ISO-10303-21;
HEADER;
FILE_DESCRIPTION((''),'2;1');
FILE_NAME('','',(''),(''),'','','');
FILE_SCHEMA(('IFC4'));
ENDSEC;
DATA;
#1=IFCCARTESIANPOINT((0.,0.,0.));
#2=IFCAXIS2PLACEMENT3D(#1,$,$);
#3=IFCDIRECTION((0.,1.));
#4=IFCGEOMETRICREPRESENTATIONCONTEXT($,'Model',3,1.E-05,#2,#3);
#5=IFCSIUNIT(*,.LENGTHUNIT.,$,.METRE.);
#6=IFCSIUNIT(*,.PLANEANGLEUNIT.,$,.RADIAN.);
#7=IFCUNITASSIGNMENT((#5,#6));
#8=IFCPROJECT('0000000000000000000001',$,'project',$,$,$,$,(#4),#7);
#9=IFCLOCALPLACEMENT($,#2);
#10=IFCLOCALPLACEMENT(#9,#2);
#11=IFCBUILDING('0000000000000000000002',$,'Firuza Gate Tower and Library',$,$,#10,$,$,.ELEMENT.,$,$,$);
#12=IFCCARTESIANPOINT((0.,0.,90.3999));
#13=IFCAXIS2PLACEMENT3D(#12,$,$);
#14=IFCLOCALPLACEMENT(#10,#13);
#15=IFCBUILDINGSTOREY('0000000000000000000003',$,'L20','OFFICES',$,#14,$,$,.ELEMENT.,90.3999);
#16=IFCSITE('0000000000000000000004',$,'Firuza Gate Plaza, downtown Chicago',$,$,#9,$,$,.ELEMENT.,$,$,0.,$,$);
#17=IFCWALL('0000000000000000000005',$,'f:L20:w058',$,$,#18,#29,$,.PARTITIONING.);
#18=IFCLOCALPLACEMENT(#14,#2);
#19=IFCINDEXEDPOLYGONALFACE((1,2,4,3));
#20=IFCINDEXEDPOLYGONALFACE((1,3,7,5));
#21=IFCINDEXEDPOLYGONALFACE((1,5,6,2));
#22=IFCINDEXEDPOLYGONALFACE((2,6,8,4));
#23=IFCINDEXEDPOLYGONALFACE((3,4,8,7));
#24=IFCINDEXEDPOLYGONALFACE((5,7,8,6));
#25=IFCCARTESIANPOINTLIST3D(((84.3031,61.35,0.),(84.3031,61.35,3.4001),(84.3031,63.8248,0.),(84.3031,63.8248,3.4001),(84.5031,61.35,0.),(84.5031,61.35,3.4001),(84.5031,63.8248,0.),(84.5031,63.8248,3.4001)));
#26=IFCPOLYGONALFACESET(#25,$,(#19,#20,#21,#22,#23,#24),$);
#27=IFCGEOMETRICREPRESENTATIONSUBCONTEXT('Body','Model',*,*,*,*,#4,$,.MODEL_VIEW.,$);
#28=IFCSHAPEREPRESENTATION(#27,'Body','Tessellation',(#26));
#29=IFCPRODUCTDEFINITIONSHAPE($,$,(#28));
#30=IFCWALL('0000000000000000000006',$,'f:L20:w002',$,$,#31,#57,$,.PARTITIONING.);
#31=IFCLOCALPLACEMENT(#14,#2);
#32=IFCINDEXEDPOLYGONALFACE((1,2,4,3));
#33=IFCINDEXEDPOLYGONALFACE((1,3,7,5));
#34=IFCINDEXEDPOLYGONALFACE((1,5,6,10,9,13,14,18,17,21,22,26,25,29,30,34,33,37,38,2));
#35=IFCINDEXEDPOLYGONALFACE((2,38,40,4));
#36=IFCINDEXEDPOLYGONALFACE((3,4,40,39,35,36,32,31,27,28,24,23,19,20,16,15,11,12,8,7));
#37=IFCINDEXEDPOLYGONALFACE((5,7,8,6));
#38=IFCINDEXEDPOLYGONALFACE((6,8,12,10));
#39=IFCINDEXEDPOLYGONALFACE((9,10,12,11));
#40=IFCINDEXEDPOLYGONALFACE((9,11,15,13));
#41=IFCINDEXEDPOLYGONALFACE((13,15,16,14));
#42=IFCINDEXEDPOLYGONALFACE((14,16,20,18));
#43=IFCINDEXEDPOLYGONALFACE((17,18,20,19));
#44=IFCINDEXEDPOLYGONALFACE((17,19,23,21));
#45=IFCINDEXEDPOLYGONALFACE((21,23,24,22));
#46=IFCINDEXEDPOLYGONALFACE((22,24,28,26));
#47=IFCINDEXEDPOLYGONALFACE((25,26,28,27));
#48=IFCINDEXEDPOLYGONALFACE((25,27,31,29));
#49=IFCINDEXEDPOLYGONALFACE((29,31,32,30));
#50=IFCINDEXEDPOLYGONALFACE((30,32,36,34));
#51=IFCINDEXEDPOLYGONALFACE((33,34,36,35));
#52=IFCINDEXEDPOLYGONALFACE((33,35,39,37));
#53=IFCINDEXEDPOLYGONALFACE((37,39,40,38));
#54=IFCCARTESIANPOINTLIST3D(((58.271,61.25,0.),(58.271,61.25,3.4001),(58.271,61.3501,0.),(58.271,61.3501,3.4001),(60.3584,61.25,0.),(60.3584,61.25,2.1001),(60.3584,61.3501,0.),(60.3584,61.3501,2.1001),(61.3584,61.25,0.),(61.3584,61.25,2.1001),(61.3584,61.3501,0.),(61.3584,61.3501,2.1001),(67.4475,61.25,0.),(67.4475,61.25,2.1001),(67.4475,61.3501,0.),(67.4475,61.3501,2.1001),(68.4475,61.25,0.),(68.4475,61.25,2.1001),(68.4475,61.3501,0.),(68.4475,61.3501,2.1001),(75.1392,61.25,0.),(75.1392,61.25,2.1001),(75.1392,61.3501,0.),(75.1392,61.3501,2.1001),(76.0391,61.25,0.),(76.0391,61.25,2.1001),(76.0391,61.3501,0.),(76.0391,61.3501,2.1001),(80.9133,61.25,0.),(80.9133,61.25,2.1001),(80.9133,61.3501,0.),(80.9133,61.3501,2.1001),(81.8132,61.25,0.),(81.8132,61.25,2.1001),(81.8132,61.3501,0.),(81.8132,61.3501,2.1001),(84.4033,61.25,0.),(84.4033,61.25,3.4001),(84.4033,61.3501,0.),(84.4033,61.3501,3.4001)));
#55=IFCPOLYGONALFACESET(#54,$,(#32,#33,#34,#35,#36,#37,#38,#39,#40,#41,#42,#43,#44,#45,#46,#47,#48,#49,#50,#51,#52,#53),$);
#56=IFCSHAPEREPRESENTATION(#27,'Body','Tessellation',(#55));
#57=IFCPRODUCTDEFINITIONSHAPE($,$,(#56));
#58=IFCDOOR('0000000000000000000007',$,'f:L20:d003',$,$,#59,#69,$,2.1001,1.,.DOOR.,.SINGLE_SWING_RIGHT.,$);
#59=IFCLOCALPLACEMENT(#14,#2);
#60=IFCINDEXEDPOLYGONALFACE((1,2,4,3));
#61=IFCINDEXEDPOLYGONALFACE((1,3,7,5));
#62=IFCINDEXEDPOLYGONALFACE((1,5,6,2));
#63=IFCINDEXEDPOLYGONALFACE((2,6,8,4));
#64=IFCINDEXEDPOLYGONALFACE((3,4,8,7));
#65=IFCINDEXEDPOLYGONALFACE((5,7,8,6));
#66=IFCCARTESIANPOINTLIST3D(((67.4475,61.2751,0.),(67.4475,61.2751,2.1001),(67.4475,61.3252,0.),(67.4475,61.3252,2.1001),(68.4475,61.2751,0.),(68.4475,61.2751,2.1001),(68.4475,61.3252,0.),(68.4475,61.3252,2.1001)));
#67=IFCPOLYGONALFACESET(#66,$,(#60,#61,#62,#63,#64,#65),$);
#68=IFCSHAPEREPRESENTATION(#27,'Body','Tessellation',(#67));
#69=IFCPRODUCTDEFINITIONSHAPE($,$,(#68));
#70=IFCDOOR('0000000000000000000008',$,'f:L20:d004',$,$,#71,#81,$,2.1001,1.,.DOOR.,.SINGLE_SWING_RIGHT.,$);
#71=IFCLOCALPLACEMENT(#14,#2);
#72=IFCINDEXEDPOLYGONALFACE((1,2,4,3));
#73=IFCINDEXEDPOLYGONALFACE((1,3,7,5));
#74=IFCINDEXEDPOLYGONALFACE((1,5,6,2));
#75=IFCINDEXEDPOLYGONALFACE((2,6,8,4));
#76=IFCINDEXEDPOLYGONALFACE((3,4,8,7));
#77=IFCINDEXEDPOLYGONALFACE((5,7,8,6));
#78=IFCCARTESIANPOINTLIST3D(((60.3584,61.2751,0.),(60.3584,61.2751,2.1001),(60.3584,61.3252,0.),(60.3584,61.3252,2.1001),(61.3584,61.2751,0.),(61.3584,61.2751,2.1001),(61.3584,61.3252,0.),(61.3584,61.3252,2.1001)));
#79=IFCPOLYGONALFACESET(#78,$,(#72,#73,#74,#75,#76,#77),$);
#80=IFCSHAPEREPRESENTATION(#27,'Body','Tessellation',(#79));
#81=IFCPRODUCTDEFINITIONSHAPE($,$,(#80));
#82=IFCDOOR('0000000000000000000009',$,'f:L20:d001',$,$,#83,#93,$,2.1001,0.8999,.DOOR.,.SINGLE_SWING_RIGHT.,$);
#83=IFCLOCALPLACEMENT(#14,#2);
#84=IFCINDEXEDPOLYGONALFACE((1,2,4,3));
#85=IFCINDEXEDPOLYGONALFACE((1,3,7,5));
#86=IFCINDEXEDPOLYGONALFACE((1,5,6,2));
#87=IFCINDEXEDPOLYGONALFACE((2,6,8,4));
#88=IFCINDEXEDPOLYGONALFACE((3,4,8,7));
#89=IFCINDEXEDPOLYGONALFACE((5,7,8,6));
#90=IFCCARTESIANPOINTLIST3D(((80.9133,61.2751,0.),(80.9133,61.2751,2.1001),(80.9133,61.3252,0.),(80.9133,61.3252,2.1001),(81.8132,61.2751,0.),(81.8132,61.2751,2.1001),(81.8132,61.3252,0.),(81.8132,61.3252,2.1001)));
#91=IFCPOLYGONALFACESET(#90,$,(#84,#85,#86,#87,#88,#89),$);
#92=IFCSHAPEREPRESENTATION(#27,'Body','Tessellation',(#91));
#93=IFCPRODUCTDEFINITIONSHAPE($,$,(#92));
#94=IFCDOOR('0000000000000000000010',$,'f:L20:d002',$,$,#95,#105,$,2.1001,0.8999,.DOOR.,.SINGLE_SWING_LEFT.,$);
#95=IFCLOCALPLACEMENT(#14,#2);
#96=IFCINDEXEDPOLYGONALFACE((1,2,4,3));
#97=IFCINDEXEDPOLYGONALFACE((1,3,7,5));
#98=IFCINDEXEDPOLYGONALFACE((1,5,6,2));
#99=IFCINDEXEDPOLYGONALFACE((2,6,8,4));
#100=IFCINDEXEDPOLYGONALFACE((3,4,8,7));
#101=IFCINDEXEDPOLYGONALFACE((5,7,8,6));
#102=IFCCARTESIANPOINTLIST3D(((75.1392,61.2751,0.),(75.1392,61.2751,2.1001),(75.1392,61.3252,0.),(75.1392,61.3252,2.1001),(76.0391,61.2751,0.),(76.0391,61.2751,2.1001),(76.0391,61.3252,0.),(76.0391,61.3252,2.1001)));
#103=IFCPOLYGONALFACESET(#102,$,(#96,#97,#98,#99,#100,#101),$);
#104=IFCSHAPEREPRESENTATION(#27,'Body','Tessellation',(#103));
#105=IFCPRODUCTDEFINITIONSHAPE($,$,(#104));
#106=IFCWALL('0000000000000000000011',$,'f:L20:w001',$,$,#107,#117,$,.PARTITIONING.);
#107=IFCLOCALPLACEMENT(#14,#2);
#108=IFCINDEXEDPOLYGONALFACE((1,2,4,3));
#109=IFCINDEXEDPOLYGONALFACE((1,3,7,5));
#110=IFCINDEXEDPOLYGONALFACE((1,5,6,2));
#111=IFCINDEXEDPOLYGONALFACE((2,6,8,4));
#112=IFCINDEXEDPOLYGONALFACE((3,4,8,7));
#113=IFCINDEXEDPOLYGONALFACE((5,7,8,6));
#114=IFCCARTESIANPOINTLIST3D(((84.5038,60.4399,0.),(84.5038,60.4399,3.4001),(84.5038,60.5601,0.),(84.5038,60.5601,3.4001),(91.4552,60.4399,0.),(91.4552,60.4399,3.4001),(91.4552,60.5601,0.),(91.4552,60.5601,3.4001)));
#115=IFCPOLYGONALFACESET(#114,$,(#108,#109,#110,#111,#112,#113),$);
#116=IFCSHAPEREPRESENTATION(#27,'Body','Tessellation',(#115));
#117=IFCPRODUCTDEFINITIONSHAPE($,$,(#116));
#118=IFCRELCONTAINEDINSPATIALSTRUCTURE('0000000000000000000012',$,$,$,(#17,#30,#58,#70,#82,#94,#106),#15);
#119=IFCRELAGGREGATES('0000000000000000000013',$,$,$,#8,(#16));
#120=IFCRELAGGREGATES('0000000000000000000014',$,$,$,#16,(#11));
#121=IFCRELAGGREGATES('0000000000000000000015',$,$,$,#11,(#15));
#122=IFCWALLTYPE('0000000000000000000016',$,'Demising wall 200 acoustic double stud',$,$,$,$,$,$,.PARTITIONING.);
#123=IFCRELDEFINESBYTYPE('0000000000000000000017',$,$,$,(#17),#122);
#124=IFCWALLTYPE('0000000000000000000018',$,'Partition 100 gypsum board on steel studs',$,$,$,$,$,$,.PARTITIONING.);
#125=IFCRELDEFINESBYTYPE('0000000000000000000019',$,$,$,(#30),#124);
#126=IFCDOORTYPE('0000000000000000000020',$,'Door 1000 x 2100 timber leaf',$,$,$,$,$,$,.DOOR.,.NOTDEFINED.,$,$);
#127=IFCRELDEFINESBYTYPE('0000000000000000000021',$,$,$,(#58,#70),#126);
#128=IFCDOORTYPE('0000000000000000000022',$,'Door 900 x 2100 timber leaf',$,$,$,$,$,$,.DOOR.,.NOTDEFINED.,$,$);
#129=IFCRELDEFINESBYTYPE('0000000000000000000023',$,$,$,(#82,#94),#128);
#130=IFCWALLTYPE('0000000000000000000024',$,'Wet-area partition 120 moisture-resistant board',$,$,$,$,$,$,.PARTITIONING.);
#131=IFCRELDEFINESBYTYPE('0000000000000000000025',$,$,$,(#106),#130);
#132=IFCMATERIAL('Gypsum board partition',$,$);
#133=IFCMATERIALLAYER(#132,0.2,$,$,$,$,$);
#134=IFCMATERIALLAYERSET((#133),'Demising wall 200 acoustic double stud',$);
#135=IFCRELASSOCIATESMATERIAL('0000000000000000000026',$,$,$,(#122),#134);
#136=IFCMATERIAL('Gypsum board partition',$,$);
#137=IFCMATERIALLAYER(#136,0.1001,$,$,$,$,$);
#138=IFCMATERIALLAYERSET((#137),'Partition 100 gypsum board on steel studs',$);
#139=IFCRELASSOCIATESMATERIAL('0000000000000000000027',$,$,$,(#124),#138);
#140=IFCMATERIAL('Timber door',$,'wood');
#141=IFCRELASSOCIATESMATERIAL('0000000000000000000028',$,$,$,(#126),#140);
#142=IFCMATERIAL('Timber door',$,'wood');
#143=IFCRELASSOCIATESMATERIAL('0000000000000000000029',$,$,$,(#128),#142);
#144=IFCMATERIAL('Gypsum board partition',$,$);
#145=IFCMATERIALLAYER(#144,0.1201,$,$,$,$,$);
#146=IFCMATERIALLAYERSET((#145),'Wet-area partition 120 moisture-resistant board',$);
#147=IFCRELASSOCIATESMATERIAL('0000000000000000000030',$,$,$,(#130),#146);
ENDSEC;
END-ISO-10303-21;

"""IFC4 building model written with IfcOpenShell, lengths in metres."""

from ifc_helpers import new_model, si_unit, direction, frame, frame_2d, origin, place, context, subcontext, project, spatial, rectangle, extrude, material, layer, layer_set, type_object, element, fill, save


model = new_model("IFC4")

# Units and contexts
model_context = context("Model", 3, precision=1e-05, world=origin(), true_north=direction((0.0, 1.0)))
body_context = subcontext(model_context, "Body", "Model", "MODEL_VIEW")
ifc_project = project(units=[si_unit("LENGTHUNIT", "METRE"), si_unit("PLANEANGLEUNIT", "RADIAN")], contexts=[model_context])

# Site, building, storey
site_placement = place(None, origin())
site = spatial("IfcSite", under=ifc_project, at=site_placement, Name="Firuza Gate Plaza, downtown Chicago", CompositionType="ELEMENT", RefElevation=0.0)
building_placement = place(site_placement, origin())
building = spatial("IfcBuilding", under=site, at=building_placement, Name="Firuza Gate Tower and Library", CompositionType="ELEMENT")
storey_placement = place(building_placement, frame((0.0, 0.0, 90.3999)))
storey = spatial("IfcBuildingStorey", under=building, at=storey_placement, Name="L20", Description="OFFICES", CompositionType="ELEMENT", Elevation=90.3999)

# Wall
ifc_material_1 = material(Name="Gypsum board partition")
ifc_layer_1 = layer(ifc_material_1, 0.2)
ifc_layer_set_1 = layer_set([ifc_layer_1], Name="Demising wall 200 acoustic double stud")
wall_type_1 = type_object("IfcWallType", Name="Demising wall 200 acoustic double stud", PredefinedType="PARTITIONING", material=ifc_layer_set_1)
wall_1_placement = place(storey_placement, frame((84.4031, 61.3501, 0.0), z_axis=(0.0, 0.0, 1.0), x_axis=(0.0, 1.0, 0.0)))
element("IfcWall", 1, at=wall_1_placement, inside=storey, type_object=wall_type_1, Name="f:L20:w058", PredefinedType="PARTITIONING", context=body_context, shape_type="SweptSolid", body=[
    extrude(rectangle(XDim=2.4749, YDim=0.2, at=frame_2d((1.2373, 0.0))), origin(), (0.0, 0.0, 1.0), 3.4001),
])

# Wall, openings, doors
ifc_material_2 = material(Name="Gypsum board partition")
ifc_layer_2 = layer(ifc_material_2, 0.1001)
ifc_layer_set_2 = layer_set([ifc_layer_2], Name="Partition 100 gypsum board on steel studs")
wall_type_2 = type_object("IfcWallType", Name="Partition 100 gypsum board on steel studs", PredefinedType="PARTITIONING", material=ifc_layer_set_2)
wall_2_placement = place(storey_placement, frame((84.4033, 61.3, 0.0), z_axis=(0.0, 0.0, 1.0), x_axis=(-1.0, 0.0, 0.0)))
wall_2 = element("IfcWall", 2, at=wall_2_placement, inside=storey, type_object=wall_type_2, Name="f:L20:w002", PredefinedType="PARTITIONING", context=body_context, shape_type="SweptSolid", body=[
    extrude(rectangle(XDim=26.1323, YDim=0.1001, at=frame_2d((13.0662, 0.0))), origin(), (0.0, 0.0, 1.0), 3.4001),
])
opening_1_placement = place(wall_2_placement, frame((2.5901, 0.0, 0.0)))
opening_1 = element("IfcOpeningElement", 3, at=opening_1_placement, cuts=wall_2, PredefinedType="OPENING", context=body_context, shape_type="SweptSolid", body=[
    extrude(rectangle(XDim=0.8999, YDim=2.1001, at=frame_2d((0.45, 1.05))), frame((0.0, 0.0601, 0.0), z_axis=(0.0, -1.0, 0.0), x_axis=(1.0, 0.0, 0.0)), (0.0, 0.0, 1.0), 0.1201),
])
opening_2_placement = place(wall_2_placement, frame((8.3643, 0.0, 0.0)))
opening_2 = element("IfcOpeningElement", 4, at=opening_2_placement, cuts=wall_2, PredefinedType="OPENING", context=body_context, shape_type="SweptSolid", body=[
    extrude(rectangle(XDim=0.8999, YDim=2.1001, at=frame_2d((0.45, 1.05))), frame((0.0, 0.0601, 0.0), z_axis=(0.0, -1.0, 0.0), x_axis=(1.0, 0.0, 0.0)), (0.0, 0.0, 1.0), 0.1201),
])
opening_3_placement = place(wall_2_placement, frame((15.9558, 0.0, 0.0)))
opening_3 = element("IfcOpeningElement", 5, at=opening_3_placement, cuts=wall_2, PredefinedType="OPENING", context=body_context, shape_type="SweptSolid", body=[
    extrude(rectangle(XDim=1.0, YDim=2.1001, at=frame_2d((0.5, 1.05))), frame((0.0, 0.0601, 0.0), z_axis=(0.0, -1.0, 0.0), x_axis=(1.0, 0.0, 0.0)), (0.0, 0.0, 1.0), 0.1201),
])
opening_4_placement = place(wall_2_placement, frame((23.0449, 0.0, 0.0)))
opening_4 = element("IfcOpeningElement", 6, at=opening_4_placement, cuts=wall_2, PredefinedType="OPENING", context=body_context, shape_type="SweptSolid", body=[
    extrude(rectangle(XDim=1.0, YDim=2.1001, at=frame_2d((0.5, 1.05))), frame((0.0, 0.0601, 0.0), z_axis=(0.0, -1.0, 0.0), x_axis=(1.0, 0.0, 0.0)), (0.0, 0.0, 1.0), 0.1201),
])
ifc_material_3 = material(Name="Timber door", Category="wood")
door_type_1 = type_object("IfcDoorType", Name="Door 1000 x 2100 timber leaf", OperationType="NOTDEFINED", PredefinedType="DOOR", material=ifc_material_3)
door_1_placement = place(opening_3_placement, origin())
door_1 = element("IfcDoor", 7, at=door_1_placement, inside=storey, type_object=door_type_1, Name="f:L20:d003", OperationType="SINGLE_SWING_RIGHT", OverallHeight=2.1001, OverallWidth=1.0, PredefinedType="DOOR", context=body_context, shape_type="SweptSolid", body=[
    extrude(rectangle(XDim=1.0, YDim=2.1001, at=frame_2d((0.5, 1.05))), frame((0.0, 0.0249, 0.0), z_axis=(0.0, -1.0, 0.0), x_axis=(1.0, 0.0, 0.0)), (0.0, 0.0, 1.0), 0.05),
])
fill(opening_3, door_1)
door_2_placement = place(opening_4_placement, origin())
door_2 = element("IfcDoor", 8, at=door_2_placement, inside=storey, type_object=door_type_1, Name="f:L20:d004", OperationType="SINGLE_SWING_RIGHT", OverallHeight=2.1001, OverallWidth=1.0, PredefinedType="DOOR", context=body_context, shape_type="SweptSolid", body=[
    extrude(rectangle(XDim=1.0, YDim=2.1001, at=frame_2d((0.5, 1.05))), frame((0.0, 0.0249, 0.0), z_axis=(0.0, -1.0, 0.0), x_axis=(1.0, 0.0, 0.0)), (0.0, 0.0, 1.0), 0.05),
])
fill(opening_4, door_2)
ifc_material_4 = material(Name="Timber door", Category="wood")
door_type_2 = type_object("IfcDoorType", Name="Door 900 x 2100 timber leaf", OperationType="NOTDEFINED", PredefinedType="DOOR", material=ifc_material_4)
door_3_placement = place(opening_1_placement, origin())
door_3 = element("IfcDoor", 9, at=door_3_placement, inside=storey, type_object=door_type_2, Name="f:L20:d001", OperationType="SINGLE_SWING_RIGHT", OverallHeight=2.1001, OverallWidth=0.8999, PredefinedType="DOOR", context=body_context, shape_type="SweptSolid", body=[
    extrude(rectangle(XDim=0.8999, YDim=2.1001, at=frame_2d((0.45, 1.05))), frame((0.0, 0.0249, 0.0), z_axis=(0.0, -1.0, 0.0), x_axis=(1.0, 0.0, 0.0)), (0.0, 0.0, 1.0), 0.05),
])
fill(opening_1, door_3)
door_4_placement = place(opening_2_placement, origin())
door_4 = element("IfcDoor", 10, at=door_4_placement, inside=storey, type_object=door_type_2, Name="f:L20:d002", OperationType="SINGLE_SWING_LEFT", OverallHeight=2.1001, OverallWidth=0.8999, PredefinedType="DOOR", context=body_context, shape_type="SweptSolid", body=[
    extrude(rectangle(XDim=0.8999, YDim=2.1001, at=frame_2d((0.45, 1.05))), frame((0.0, 0.0249, 0.0), z_axis=(0.0, -1.0, 0.0), x_axis=(1.0, 0.0, 0.0)), (0.0, 0.0, 1.0), 0.05),
])
fill(opening_2, door_4)

# Wall
ifc_material_5 = material(Name="Gypsum board partition")
ifc_layer_3 = layer(ifc_material_5, 0.1201)
ifc_layer_set_3 = layer_set([ifc_layer_3], Name="Wet-area partition 120 moisture-resistant board")
wall_type_3 = type_object("IfcWallType", Name="Wet-area partition 120 moisture-resistant board", PredefinedType="PARTITIONING", material=ifc_layer_set_3)
wall_3_placement = place(storey_placement, frame((84.5039, 60.5, 0.0), z_axis=(0.0, 0.0, 1.0), x_axis=(1.0, 0.0, 0.0)))
element("IfcWall", 11, at=wall_3_placement, inside=storey, type_object=wall_type_3, Name="f:L20:w001", PredefinedType="PARTITIONING", context=body_context, shape_type="SweptSolid", body=[
    extrude(rectangle(XDim=6.9514, YDim=0.1201, at=frame_2d((3.4756, 0.0))), origin(), (0.0, 0.0, 1.0), 3.4001),
])

save(model, "model.ifc")
